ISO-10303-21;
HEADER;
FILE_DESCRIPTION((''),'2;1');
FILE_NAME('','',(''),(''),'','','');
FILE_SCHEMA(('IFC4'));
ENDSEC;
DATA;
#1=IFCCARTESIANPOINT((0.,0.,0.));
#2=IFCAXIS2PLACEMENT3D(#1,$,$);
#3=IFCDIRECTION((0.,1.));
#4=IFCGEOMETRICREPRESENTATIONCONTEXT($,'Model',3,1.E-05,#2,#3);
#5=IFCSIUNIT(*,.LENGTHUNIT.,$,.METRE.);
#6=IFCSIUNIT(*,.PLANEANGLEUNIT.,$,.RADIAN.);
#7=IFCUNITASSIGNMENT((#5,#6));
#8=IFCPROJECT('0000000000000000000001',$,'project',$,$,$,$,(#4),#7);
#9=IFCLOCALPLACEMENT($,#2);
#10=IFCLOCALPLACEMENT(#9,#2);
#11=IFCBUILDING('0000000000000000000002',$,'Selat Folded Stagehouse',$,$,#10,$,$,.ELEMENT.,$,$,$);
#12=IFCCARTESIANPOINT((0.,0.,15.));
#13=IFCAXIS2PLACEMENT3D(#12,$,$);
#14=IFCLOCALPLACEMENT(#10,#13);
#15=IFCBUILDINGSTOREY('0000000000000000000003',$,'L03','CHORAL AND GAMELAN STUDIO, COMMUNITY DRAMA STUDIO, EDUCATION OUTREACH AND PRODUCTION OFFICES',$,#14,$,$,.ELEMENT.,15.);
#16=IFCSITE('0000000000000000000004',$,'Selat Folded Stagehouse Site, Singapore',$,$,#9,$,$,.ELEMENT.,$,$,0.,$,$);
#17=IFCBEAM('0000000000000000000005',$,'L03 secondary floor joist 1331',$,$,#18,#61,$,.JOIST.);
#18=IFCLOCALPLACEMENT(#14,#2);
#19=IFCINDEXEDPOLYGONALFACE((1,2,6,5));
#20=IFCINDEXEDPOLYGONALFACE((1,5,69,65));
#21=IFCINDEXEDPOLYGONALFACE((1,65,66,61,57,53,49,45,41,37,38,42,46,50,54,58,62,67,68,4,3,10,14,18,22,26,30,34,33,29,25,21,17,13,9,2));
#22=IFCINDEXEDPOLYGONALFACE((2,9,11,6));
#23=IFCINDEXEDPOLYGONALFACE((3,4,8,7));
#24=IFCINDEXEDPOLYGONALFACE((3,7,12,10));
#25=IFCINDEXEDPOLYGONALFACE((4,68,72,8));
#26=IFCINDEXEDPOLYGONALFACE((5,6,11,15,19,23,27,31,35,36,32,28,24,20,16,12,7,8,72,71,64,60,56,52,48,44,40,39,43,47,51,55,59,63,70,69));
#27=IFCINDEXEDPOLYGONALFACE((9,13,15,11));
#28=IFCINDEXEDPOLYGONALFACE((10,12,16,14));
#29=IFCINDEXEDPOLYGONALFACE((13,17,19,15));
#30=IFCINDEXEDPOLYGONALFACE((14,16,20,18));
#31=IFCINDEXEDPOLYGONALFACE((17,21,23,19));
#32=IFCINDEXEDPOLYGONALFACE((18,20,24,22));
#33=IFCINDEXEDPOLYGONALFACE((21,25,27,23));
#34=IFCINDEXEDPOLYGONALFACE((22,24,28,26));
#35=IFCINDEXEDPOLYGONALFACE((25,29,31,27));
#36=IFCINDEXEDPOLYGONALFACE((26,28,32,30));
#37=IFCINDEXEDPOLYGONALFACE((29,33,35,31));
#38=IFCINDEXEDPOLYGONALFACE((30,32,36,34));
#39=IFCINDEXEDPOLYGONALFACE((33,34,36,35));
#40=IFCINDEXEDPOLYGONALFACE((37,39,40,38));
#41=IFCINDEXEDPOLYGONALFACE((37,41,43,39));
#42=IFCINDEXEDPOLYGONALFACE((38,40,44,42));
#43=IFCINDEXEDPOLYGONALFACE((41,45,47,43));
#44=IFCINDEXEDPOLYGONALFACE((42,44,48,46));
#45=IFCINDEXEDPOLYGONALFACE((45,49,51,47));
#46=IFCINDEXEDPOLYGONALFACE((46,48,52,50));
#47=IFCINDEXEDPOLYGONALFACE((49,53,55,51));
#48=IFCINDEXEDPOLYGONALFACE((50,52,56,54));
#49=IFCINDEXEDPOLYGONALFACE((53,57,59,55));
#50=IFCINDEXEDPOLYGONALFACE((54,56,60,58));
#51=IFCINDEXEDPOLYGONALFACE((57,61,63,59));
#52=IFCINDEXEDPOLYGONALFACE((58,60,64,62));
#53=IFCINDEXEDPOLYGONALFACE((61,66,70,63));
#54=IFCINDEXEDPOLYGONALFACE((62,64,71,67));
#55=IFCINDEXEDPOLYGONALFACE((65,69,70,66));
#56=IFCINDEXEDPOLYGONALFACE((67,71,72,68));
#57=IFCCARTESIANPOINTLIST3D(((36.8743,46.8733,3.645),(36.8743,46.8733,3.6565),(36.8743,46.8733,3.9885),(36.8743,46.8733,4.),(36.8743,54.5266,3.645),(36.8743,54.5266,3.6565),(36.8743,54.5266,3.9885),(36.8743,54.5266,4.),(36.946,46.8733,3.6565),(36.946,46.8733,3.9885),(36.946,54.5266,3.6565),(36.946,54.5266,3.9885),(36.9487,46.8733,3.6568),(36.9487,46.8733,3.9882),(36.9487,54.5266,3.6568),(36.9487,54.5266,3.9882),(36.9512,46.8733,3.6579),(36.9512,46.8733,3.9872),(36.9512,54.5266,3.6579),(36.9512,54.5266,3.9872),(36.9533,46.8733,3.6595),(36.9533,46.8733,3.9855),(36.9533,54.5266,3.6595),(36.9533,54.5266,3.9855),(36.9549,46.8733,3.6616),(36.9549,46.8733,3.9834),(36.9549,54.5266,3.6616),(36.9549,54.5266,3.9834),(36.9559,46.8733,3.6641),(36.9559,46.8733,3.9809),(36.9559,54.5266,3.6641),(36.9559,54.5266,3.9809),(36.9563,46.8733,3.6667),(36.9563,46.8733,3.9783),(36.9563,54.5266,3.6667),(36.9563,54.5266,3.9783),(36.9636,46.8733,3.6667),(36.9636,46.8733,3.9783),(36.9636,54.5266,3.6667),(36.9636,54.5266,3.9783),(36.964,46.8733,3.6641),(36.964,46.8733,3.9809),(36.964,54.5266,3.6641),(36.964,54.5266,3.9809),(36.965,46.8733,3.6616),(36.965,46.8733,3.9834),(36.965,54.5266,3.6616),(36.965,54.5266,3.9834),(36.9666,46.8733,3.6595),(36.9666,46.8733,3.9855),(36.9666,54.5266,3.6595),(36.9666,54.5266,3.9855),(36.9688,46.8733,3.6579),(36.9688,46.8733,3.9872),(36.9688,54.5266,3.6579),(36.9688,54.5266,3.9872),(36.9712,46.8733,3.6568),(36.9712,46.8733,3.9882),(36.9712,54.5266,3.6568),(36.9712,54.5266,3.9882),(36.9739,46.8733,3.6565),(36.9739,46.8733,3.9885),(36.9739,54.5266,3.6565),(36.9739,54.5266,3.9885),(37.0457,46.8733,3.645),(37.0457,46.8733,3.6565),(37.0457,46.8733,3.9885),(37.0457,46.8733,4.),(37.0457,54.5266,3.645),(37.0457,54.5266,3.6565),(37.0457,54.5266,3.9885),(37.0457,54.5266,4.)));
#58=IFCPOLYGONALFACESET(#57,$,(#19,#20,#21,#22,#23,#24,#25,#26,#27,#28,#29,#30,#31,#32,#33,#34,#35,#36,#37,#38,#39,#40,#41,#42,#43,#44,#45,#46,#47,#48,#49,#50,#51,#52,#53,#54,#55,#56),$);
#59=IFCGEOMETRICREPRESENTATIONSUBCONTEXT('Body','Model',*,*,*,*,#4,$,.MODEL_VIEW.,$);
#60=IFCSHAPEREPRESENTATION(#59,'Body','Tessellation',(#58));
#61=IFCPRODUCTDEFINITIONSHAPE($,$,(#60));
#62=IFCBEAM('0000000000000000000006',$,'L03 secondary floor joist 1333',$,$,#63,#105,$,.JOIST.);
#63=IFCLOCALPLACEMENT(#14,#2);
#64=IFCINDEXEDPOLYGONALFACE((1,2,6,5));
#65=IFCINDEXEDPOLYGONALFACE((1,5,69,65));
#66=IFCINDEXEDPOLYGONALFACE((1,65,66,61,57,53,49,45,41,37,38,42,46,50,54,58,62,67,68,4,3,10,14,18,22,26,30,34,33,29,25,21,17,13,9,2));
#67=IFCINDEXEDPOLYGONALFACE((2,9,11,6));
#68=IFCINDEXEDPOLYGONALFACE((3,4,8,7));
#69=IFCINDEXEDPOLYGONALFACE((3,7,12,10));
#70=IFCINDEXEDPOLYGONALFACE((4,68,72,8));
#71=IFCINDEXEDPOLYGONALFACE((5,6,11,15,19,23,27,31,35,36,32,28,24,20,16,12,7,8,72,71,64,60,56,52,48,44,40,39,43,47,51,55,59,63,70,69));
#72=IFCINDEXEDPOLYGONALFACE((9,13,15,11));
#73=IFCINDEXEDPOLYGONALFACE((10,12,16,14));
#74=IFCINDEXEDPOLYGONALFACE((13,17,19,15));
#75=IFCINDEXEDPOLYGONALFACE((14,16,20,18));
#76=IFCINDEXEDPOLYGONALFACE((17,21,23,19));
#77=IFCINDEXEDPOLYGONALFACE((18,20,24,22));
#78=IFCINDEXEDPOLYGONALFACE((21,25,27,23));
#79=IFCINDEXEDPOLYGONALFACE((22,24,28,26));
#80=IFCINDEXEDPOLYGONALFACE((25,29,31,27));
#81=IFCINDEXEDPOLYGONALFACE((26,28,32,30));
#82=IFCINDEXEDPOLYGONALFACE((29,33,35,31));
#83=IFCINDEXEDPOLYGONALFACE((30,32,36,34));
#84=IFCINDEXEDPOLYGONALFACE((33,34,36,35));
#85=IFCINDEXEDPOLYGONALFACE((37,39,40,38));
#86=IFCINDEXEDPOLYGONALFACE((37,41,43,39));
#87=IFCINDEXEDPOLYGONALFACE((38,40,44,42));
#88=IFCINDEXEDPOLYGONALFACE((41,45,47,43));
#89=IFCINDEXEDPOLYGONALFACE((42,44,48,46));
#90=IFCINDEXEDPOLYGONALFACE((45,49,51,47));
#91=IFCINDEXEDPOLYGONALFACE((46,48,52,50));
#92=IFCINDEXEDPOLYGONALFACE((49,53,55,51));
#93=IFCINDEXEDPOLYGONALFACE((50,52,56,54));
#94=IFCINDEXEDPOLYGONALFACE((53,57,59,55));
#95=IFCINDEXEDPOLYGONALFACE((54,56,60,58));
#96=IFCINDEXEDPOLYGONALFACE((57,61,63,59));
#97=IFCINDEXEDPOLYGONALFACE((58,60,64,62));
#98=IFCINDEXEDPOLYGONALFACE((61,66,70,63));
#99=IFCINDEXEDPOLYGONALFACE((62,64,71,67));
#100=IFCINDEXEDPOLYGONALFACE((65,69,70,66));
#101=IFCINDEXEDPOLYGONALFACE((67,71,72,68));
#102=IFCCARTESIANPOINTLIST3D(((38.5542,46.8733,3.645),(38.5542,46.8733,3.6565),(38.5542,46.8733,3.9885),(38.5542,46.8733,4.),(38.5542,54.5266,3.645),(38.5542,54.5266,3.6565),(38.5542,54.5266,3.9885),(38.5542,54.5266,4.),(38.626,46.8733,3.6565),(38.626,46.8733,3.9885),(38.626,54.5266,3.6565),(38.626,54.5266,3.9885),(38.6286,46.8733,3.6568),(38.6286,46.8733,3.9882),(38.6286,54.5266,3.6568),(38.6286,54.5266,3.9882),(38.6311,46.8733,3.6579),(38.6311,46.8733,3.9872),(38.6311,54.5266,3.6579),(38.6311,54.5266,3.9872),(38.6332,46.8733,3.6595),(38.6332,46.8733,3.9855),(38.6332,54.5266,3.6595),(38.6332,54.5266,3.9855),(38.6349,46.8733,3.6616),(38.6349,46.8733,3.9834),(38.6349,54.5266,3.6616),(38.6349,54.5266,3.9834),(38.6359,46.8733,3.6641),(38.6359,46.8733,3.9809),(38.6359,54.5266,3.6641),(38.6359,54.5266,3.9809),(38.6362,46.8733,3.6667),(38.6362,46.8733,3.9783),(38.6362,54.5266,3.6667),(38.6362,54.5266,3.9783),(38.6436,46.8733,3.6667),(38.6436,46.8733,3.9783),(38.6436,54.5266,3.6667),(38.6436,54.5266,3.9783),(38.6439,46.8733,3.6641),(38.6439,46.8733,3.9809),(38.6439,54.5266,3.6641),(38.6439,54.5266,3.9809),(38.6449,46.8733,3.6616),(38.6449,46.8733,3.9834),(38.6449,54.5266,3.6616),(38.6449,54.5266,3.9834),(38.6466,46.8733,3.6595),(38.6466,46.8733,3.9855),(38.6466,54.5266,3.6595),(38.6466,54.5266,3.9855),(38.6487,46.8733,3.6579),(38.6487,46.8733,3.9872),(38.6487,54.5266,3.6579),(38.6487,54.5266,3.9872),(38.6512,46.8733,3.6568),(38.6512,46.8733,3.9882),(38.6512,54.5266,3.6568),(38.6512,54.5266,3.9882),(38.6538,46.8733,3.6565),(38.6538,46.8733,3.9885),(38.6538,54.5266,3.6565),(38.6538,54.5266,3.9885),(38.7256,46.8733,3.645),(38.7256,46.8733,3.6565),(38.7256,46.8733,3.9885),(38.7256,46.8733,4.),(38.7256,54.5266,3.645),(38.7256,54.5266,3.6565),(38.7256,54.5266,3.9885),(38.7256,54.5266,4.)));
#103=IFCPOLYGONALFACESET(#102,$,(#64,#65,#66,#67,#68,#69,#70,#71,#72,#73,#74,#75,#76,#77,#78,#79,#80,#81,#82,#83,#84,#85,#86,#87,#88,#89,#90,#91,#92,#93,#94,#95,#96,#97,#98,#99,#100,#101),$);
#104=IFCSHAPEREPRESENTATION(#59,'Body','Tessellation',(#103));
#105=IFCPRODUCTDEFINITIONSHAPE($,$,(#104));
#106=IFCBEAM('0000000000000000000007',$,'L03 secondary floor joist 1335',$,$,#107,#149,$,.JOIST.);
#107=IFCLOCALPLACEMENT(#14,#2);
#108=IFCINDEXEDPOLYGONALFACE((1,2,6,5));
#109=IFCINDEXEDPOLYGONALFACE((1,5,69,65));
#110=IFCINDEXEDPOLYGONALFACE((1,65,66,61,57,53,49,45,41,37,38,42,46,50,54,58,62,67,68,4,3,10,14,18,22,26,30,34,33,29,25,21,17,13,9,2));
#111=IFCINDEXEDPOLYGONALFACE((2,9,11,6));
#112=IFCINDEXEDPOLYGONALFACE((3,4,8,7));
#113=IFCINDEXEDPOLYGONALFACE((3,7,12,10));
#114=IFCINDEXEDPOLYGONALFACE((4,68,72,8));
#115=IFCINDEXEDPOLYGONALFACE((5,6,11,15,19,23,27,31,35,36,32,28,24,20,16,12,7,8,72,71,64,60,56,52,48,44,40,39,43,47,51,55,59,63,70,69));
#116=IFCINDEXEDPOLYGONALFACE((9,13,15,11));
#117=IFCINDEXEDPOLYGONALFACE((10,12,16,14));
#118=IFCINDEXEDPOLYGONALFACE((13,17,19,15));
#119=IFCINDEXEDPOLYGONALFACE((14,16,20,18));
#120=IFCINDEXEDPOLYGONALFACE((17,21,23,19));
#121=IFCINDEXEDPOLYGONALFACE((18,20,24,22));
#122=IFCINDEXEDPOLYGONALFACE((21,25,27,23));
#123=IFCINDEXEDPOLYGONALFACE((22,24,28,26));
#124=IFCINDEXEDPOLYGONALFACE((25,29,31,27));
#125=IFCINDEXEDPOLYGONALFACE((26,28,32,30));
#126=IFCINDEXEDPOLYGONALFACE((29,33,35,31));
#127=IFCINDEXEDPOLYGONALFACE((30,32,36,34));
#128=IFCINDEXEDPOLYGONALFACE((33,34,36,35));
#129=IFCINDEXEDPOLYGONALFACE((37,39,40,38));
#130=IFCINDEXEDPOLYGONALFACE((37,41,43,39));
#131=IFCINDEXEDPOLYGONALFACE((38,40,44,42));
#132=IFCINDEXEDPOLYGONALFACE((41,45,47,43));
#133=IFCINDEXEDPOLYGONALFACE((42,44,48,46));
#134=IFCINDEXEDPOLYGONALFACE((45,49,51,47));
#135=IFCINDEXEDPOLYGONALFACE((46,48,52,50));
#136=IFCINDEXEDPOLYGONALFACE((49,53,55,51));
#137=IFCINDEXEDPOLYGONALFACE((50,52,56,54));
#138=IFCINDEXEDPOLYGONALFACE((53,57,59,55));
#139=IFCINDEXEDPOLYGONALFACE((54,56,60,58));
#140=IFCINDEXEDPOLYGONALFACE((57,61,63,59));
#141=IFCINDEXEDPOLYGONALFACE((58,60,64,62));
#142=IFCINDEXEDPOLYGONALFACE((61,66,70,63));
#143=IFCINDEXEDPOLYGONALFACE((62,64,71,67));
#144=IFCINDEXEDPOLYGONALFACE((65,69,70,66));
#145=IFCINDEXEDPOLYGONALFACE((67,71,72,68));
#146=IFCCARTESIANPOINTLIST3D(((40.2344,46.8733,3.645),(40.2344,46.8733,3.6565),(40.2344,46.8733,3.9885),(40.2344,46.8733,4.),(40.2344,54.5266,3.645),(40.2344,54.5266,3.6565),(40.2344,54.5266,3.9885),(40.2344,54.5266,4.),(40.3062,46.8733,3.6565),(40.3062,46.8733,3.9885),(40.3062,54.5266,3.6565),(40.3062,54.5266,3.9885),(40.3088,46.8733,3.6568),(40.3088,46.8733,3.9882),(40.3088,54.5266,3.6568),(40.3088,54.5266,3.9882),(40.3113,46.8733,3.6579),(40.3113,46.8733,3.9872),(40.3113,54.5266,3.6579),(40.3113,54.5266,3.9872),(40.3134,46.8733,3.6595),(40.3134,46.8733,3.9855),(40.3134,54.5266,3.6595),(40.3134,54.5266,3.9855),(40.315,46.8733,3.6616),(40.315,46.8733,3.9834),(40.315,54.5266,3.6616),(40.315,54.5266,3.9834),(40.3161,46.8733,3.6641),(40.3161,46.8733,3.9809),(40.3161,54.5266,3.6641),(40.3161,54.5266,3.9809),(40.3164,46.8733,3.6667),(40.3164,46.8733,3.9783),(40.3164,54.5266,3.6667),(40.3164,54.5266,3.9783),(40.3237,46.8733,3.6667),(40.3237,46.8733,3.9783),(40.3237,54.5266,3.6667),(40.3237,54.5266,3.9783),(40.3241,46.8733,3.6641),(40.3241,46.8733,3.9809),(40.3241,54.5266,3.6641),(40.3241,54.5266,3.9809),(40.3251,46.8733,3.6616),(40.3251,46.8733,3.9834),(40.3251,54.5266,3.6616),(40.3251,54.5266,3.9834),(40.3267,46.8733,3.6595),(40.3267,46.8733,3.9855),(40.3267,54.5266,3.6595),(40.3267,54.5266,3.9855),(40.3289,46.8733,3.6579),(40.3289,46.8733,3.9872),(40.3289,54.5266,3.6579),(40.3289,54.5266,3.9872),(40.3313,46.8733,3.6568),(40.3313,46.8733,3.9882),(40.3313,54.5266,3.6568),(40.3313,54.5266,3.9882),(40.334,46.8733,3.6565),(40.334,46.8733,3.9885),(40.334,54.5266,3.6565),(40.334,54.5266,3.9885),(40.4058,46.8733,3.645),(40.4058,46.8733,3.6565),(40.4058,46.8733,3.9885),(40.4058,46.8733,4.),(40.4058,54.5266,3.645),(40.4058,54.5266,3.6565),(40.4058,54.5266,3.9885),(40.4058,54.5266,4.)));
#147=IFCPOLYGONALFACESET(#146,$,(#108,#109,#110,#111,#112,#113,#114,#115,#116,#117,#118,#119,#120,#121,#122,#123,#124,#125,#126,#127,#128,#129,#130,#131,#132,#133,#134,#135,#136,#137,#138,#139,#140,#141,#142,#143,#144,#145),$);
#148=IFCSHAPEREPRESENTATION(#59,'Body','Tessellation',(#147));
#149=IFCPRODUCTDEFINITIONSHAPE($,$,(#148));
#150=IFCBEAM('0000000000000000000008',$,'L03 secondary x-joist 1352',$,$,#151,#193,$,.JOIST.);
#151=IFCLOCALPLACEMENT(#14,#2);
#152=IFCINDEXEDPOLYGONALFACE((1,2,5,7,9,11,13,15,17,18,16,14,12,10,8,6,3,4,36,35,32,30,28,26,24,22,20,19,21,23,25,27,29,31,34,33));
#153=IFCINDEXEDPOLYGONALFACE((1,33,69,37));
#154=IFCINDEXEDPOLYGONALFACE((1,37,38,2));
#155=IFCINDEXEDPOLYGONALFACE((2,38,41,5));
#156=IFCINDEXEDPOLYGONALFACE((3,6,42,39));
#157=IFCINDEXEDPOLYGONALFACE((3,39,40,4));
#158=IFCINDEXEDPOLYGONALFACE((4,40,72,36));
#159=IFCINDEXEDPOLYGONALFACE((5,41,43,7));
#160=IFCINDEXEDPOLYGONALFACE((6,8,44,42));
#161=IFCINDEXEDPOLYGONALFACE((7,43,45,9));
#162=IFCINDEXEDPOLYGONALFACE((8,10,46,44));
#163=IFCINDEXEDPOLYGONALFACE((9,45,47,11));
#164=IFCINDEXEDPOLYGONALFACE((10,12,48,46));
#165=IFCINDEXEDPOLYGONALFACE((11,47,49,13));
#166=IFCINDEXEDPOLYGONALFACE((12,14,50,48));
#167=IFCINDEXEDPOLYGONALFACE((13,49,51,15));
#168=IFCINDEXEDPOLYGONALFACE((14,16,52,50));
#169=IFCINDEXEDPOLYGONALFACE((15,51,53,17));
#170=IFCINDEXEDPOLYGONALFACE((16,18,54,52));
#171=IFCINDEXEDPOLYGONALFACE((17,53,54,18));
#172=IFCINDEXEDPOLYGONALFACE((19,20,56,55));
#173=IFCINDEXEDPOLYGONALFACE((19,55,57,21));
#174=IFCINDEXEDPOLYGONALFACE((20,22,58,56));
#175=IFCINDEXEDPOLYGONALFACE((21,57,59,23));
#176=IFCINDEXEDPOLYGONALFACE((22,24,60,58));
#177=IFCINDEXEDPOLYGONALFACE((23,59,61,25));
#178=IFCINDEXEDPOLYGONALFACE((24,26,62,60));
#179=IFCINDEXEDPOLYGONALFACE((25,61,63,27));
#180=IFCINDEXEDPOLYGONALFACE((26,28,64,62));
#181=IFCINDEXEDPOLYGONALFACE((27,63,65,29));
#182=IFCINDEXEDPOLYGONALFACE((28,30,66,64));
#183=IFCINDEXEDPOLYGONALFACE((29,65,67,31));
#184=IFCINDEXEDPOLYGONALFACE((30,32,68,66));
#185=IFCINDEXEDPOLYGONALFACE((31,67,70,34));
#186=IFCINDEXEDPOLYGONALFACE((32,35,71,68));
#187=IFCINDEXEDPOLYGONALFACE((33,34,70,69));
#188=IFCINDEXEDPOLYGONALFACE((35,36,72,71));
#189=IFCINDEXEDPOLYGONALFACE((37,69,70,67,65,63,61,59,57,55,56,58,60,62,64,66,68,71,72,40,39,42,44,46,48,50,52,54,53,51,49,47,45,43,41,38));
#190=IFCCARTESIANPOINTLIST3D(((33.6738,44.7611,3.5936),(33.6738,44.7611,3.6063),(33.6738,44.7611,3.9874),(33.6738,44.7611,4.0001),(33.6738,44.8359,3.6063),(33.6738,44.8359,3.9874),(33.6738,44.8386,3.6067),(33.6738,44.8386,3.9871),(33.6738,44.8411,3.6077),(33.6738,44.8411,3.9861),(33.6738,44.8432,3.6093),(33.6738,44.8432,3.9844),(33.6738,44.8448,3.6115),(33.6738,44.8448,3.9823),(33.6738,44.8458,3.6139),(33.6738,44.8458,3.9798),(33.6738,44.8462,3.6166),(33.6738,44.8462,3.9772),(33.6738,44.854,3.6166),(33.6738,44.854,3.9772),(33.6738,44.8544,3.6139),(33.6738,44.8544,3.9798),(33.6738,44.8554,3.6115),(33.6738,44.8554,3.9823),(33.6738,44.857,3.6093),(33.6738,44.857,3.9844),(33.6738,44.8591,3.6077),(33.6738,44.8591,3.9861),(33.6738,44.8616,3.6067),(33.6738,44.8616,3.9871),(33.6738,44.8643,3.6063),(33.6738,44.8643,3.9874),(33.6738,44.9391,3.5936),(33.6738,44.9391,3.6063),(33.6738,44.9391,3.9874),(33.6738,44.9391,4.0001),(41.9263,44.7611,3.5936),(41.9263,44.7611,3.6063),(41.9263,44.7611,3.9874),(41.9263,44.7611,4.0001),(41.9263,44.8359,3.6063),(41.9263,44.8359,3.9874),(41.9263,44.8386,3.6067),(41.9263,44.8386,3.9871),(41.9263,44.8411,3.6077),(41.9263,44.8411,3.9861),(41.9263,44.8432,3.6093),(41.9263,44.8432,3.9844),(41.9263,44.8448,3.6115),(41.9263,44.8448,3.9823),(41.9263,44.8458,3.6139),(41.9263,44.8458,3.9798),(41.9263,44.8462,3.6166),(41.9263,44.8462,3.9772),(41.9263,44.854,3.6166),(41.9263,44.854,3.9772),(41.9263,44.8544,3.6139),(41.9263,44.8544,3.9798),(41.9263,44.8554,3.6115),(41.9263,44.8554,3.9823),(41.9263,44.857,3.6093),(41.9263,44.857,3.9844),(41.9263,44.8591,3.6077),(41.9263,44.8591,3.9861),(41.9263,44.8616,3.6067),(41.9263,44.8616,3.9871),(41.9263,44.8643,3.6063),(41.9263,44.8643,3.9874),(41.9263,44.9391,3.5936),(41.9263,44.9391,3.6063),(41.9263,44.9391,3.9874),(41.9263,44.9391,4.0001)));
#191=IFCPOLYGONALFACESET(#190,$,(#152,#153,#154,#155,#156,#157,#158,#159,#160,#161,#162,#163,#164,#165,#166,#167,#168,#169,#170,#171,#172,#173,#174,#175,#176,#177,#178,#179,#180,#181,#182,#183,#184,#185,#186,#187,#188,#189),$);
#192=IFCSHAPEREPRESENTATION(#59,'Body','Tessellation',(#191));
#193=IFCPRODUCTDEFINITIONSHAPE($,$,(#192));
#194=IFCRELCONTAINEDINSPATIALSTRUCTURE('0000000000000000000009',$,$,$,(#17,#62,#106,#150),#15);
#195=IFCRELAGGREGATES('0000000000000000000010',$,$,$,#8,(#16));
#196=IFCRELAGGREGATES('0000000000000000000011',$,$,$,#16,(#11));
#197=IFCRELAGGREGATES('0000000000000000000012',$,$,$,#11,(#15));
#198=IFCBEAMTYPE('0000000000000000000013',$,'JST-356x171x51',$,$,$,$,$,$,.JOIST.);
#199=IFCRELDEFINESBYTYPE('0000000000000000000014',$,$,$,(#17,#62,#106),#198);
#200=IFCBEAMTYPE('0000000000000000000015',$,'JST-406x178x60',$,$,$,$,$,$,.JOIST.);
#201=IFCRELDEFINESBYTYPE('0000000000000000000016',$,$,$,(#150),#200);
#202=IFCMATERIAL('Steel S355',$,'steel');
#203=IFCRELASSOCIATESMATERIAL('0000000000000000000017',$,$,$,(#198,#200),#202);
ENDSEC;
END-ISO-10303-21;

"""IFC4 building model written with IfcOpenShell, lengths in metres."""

from ifc_helpers import new_model, si_unit, direction, frame, origin, origin_2d, place, context, subcontext, project, spatial, i_section, extrude, material, material_profile, profile_set, type_object, element, save


model = new_model("IFC4")

# Units and contexts
model_context = context("Model", 3, precision=1e-05, world=origin(), true_north=direction((0.0, 1.0)))
body_context = subcontext(model_context, "Body", "Model", "MODEL_VIEW")
ifc_project = project(units=[si_unit("LENGTHUNIT", "METRE"), si_unit("PLANEANGLEUNIT", "RADIAN")], contexts=[model_context])

# Site, building, storey
site_placement = place(None, origin())
site = spatial("IfcSite", under=ifc_project, at=site_placement, Name="Selat Folded Stagehouse Site, Singapore", CompositionType="ELEMENT", RefElevation=0.0)
building_placement = place(site_placement, origin())
building = spatial("IfcBuilding", under=site, at=building_placement, Name="Selat Folded Stagehouse", CompositionType="ELEMENT")
storey_placement = place(building_placement, frame((0.0, 0.0, 15.0)))
storey = spatial("IfcBuildingStorey", under=building, at=storey_placement, Name="L03", Description="CHORAL AND GAMELAN STUDIO, COMMUNITY DRAMA STUDIO, EDUCATION OUTREACH AND PRODUCTION OFFICES", CompositionType="ELEMENT", Elevation=15.0)

# Shared definitions
ifc_material_1 = material(Name="Steel S355", Category="steel")

# Beams
ifc_material_profile_1 = material_profile(ifc_material_1, i_section(OverallWidth=0.1714, OverallDepth=0.355, WebThickness=0.0073, FlangeThickness=0.0115, FilletRadius=0.0103, at=origin_2d()), Name="UKB 356x171x51")
ifc_profile_set_1 = profile_set([ifc_material_profile_1], Name="Steel S355")
beam_type_1 = type_object("IfcBeamType", Name="JST-356x171x51", PredefinedType="JOIST", material=ifc_profile_set_1)
for number, where, z_axis, x_axis, name in (
    (1, (36.96, 46.8733, 3.8225), (0.0, 1.0, 0.0), (-1.0, 0.0, 0.0), "L03 secondary floor joist 1331"),
    (2, (38.6399, 46.8733, 3.8225), (0.0, 1.0, 0.0), (-1.0, 0.0, 0.0), "L03 secondary floor joist 1333"),
    (3, (40.3201, 46.8733, 3.8225), (0.0, 1.0, 0.0), (-1.0, 0.0, 0.0), "L03 secondary floor joist 1335"),
):
    element("IfcBeam", number, at=place(storey_placement, frame(where, z_axis=z_axis, x_axis=x_axis)), inside=storey, type_object=beam_type_1, Name=name, PredefinedType="JOIST", context=body_context, shape_type="SweptSolid", body=[
        extrude(i_section(OverallWidth=0.1714, OverallDepth=0.355, WebThickness=0.0073, FlangeThickness=0.0115, FilletRadius=0.0103, at=origin_2d()), origin(), (0.0, 0.0, 1.0), 7.6533),
    ])
ifc_material_profile_2 = material_profile(ifc_material_1, i_section(OverallWidth=0.178, OverallDepth=0.4065, WebThickness=0.0078, FlangeThickness=0.0127, FilletRadius=0.0103, at=origin_2d()), Name="UKB 406x178x60")
ifc_profile_set_2 = profile_set([ifc_material_profile_2], Name="Steel S355")
beam_type_2 = type_object("IfcBeamType", Name="JST-406x178x60", PredefinedType="JOIST", material=ifc_profile_set_2)
for number, where, z_axis, x_axis, name in (
    (4, (33.6738, 44.8501, 3.7969), (1.0, 0.0, 0.0), (0.0, 1.0, 0.0), "L03 secondary x-joist 1352"),
):
    element("IfcBeam", number, at=place(storey_placement, frame(where, z_axis=z_axis, x_axis=x_axis)), inside=storey, type_object=beam_type_2, Name=name, PredefinedType="JOIST", context=body_context, shape_type="SweptSolid", body=[
        extrude(i_section(OverallWidth=0.178, OverallDepth=0.4065, WebThickness=0.0078, FlangeThickness=0.0127, FilletRadius=0.0103, at=origin_2d()), origin(), (0.0, 0.0, 1.0), 8.2524),
    ])

save(model, "model.ifc")
